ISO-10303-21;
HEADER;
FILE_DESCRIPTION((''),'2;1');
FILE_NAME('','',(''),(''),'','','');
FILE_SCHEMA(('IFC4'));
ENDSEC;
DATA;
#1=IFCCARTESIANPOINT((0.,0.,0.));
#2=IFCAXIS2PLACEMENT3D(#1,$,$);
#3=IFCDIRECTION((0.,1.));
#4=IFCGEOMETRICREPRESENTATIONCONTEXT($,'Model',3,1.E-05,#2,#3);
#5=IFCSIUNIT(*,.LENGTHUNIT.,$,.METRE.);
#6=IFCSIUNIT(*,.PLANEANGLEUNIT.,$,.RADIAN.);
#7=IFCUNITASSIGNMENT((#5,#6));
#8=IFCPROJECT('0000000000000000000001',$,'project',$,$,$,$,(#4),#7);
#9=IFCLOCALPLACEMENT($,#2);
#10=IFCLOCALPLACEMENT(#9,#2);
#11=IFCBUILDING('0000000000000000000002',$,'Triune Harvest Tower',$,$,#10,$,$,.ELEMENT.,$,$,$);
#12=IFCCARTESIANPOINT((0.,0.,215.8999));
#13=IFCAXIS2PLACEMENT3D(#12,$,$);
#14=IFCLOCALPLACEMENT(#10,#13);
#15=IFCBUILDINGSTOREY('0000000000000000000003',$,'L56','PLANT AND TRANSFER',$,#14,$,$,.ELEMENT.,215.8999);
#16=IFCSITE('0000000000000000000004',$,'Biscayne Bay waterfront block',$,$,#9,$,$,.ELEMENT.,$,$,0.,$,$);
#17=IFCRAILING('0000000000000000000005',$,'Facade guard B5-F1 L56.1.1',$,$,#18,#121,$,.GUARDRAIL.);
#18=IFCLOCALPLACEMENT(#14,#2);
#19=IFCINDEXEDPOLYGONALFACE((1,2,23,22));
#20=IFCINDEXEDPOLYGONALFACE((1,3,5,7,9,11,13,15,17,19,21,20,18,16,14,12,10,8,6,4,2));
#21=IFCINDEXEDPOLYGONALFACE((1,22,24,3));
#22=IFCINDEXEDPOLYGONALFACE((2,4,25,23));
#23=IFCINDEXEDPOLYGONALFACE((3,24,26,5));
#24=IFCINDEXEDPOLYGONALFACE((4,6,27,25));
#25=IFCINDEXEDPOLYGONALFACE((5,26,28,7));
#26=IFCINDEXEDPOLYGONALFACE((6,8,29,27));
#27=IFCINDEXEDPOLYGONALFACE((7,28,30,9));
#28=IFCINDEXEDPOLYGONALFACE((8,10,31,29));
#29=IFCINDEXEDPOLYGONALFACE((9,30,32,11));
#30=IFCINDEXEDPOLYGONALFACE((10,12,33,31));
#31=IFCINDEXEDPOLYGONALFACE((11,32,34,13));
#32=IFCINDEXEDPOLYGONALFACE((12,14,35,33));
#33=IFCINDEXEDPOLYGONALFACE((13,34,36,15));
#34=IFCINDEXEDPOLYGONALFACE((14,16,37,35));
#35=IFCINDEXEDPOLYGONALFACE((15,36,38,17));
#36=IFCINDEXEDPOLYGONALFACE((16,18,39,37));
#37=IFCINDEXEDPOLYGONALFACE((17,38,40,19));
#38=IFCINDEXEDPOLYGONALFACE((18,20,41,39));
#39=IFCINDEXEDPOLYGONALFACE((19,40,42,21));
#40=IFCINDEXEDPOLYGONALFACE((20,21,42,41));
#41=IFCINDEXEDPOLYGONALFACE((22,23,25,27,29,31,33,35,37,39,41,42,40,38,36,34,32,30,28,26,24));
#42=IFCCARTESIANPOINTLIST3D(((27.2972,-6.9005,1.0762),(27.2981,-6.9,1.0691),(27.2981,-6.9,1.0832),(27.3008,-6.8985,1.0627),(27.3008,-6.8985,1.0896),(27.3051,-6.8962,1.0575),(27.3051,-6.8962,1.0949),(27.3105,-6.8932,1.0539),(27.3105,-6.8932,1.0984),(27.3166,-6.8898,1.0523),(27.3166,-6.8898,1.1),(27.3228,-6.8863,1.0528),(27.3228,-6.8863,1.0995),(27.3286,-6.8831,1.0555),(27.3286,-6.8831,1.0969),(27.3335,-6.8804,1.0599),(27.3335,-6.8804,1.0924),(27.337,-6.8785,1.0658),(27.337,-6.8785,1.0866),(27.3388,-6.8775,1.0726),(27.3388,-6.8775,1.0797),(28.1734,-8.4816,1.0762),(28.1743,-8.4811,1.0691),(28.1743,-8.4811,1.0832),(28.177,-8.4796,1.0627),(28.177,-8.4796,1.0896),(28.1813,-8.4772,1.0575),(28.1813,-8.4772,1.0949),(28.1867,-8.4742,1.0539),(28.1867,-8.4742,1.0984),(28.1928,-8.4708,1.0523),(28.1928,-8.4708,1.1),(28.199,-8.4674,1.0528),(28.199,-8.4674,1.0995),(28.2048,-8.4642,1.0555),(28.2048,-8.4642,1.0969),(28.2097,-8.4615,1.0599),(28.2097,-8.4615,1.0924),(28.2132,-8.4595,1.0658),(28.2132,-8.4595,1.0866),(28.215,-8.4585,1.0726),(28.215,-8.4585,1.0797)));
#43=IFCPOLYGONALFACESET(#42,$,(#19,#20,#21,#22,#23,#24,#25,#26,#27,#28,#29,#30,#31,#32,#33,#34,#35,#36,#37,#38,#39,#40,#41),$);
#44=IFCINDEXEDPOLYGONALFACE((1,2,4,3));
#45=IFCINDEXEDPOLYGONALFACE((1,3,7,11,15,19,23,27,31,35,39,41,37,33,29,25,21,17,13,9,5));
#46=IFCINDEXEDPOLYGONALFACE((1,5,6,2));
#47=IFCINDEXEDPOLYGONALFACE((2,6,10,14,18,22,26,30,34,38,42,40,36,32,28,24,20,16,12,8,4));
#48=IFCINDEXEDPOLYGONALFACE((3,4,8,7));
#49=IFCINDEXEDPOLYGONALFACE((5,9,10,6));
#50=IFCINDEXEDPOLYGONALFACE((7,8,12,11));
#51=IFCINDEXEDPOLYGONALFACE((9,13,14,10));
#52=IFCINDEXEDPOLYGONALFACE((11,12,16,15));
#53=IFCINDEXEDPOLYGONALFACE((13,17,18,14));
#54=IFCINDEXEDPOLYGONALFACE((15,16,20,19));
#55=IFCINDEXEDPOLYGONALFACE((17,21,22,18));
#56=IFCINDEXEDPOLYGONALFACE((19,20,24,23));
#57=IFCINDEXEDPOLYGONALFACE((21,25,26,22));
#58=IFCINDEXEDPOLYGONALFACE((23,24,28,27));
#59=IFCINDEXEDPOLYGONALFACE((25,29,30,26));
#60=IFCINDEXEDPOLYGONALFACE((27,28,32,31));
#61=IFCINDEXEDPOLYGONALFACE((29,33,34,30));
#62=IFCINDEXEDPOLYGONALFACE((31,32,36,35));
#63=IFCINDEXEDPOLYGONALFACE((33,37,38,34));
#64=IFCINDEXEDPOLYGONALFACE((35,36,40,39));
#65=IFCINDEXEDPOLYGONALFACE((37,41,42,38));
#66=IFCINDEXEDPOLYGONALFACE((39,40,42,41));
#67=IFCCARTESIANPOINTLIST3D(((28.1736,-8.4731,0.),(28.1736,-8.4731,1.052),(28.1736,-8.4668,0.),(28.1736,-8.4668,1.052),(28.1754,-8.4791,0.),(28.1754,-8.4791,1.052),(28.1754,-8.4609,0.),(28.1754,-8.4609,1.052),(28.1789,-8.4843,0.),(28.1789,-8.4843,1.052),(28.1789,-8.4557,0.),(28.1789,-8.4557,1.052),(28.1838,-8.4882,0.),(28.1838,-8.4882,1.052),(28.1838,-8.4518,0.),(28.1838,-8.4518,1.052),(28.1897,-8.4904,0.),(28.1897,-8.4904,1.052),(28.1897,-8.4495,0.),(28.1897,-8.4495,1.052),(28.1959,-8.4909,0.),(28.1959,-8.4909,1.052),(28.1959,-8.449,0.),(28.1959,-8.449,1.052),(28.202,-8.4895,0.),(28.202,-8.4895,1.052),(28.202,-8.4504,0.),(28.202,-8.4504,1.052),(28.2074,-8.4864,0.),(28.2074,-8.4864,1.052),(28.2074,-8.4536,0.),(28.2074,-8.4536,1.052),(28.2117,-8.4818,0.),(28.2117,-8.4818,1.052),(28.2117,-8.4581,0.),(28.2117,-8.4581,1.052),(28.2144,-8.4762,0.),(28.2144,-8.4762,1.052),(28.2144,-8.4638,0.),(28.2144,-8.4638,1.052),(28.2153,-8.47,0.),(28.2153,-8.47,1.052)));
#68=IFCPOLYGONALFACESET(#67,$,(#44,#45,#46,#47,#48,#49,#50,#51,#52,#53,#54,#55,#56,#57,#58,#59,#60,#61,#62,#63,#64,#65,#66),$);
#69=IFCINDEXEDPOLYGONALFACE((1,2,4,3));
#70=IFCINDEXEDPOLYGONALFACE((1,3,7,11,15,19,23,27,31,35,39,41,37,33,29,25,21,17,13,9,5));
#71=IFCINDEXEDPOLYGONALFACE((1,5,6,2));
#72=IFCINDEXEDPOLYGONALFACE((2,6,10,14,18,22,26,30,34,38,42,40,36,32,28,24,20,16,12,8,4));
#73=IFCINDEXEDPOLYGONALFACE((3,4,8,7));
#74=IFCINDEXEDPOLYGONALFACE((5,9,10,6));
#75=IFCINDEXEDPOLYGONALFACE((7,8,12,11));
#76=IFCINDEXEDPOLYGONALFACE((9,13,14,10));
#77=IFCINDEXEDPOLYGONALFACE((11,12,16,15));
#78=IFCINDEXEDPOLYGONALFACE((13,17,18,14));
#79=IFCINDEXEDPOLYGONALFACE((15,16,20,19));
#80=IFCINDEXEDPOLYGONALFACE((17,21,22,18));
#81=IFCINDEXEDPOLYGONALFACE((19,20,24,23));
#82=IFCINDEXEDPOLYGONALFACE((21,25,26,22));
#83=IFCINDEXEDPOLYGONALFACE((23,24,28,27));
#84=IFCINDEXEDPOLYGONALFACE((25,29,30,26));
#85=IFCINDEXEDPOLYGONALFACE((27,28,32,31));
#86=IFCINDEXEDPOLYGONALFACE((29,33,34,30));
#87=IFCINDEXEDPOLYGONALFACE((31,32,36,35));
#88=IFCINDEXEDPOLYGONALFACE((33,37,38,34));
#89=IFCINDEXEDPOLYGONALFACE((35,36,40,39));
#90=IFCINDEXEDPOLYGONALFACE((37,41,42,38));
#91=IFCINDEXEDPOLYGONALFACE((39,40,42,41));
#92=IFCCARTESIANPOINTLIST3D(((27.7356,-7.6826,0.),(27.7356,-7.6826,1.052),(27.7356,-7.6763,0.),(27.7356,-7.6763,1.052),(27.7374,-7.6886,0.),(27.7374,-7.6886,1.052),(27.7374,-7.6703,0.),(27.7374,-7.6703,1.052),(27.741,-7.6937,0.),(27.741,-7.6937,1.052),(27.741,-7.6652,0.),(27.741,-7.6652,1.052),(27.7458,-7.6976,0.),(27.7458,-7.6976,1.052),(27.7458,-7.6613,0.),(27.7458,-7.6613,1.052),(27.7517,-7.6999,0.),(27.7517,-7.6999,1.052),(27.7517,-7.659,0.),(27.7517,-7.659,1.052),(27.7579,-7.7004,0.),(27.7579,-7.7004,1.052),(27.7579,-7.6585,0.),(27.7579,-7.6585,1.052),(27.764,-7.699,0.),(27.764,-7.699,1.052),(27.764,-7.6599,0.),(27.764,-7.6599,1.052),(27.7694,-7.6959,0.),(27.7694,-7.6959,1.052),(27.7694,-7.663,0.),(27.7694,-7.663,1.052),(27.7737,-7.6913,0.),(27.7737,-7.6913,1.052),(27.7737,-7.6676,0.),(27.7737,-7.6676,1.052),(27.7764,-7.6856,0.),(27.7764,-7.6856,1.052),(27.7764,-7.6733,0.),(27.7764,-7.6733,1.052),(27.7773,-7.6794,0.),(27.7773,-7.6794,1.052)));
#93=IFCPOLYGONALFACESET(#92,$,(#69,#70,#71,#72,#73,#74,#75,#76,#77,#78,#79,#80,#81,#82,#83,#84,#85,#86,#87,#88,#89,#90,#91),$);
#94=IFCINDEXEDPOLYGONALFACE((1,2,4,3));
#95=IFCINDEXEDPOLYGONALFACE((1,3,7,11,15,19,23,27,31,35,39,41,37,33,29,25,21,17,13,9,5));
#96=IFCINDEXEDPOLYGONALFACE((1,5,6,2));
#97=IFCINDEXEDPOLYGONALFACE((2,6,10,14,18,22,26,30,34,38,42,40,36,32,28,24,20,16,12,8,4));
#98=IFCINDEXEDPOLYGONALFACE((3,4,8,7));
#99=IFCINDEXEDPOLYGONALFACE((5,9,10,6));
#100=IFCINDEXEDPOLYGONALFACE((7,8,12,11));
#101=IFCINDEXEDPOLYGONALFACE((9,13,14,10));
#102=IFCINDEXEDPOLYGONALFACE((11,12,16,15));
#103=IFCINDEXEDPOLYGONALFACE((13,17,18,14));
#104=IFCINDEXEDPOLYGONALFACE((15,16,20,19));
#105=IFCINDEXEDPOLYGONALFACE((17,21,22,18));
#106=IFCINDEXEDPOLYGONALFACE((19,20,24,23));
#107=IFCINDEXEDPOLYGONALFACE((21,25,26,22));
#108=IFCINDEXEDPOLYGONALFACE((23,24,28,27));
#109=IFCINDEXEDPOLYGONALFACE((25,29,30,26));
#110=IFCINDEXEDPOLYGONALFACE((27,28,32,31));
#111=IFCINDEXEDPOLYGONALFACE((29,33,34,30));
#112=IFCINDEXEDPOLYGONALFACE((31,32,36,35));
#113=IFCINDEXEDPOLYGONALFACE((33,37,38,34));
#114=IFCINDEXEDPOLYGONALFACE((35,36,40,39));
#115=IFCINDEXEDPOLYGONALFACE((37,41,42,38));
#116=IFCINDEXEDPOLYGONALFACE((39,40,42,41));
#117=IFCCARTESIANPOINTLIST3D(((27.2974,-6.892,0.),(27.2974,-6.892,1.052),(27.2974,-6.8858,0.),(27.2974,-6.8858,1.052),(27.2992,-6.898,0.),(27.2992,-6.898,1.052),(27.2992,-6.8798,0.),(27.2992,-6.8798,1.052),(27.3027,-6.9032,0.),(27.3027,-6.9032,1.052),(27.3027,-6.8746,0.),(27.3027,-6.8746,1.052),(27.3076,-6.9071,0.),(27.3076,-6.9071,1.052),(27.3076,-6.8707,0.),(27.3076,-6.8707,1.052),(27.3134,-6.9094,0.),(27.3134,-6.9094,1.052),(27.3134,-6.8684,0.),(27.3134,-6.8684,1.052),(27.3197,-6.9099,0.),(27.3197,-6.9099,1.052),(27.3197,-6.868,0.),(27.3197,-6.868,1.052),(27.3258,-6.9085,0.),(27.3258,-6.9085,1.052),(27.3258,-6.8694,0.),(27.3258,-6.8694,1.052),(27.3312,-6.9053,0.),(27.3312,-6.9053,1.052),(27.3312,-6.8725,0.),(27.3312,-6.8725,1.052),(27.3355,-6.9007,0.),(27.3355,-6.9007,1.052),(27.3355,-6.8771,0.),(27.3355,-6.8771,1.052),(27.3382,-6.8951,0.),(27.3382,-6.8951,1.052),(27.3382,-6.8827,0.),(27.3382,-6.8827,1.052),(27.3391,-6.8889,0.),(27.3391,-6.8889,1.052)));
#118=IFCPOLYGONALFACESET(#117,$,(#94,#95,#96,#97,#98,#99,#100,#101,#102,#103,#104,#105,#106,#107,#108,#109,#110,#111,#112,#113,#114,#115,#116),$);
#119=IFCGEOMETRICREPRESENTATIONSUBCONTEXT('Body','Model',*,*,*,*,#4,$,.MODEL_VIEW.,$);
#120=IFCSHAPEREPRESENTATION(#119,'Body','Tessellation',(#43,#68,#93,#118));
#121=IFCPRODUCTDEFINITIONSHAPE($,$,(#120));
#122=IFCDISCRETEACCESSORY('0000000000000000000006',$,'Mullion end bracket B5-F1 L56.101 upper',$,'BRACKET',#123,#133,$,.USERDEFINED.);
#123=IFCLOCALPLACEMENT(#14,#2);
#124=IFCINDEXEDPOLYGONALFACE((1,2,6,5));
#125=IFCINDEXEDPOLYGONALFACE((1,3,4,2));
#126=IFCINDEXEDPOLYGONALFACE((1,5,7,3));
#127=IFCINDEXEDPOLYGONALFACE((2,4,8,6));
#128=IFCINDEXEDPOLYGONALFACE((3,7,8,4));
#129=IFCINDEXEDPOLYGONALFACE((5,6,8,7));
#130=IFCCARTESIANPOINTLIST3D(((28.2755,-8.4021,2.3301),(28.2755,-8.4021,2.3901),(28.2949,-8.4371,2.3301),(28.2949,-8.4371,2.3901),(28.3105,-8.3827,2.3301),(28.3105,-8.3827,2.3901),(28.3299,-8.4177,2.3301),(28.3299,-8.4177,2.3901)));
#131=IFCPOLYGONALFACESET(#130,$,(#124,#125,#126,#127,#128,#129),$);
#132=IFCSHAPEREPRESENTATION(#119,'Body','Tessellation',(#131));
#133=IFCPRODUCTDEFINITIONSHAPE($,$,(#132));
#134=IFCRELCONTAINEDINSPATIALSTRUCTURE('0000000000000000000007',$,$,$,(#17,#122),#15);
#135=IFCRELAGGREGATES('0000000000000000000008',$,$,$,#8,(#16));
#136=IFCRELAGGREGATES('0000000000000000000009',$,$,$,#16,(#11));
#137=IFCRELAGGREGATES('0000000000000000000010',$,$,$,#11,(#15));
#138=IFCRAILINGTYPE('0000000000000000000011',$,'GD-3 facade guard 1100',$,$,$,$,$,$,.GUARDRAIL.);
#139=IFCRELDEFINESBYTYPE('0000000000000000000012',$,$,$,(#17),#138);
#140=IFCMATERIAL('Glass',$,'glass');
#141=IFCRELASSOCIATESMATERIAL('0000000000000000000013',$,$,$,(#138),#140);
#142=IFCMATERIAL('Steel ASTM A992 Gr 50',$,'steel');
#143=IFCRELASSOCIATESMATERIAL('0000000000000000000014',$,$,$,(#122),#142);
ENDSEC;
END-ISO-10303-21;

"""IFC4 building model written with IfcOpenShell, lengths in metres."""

from ifc_helpers import new_model, si_unit, direction, frame, origin, origin_2d, place, context, subcontext, project, spatial, rectangle, circle, extrude, source, transform, mapped, material, type_object, element, save


model = new_model("IFC4")

# Units and contexts
model_context = context("Model", 3, precision=1e-05, world=origin(), true_north=direction((0.0, 1.0)))
body_context = subcontext(model_context, "Body", "Model", "MODEL_VIEW")
ifc_project = project(units=[si_unit("LENGTHUNIT", "METRE"), si_unit("PLANEANGLEUNIT", "RADIAN")], contexts=[model_context])

# Site, building, storey
site_placement = place(None, origin())
site = spatial("IfcSite", under=ifc_project, at=site_placement, Name="Biscayne Bay waterfront block", CompositionType="ELEMENT", RefElevation=0.0)
building_placement = place(site_placement, origin())
building = spatial("IfcBuilding", under=site, at=building_placement, Name="Triune Harvest Tower", CompositionType="ELEMENT")
storey_placement = place(building_placement, frame((0.0, 0.0, 215.8999)))
storey = spatial("IfcBuildingStorey", under=building, at=storey_placement, Name="L56", Description="PLANT AND TRANSFER", CompositionType="ELEMENT", Elevation=215.8999)

# Railing
ifc_material_1 = material(Name="Glass", Category="glass")
railing_type = type_object("IfcRailingType", Name="GD-3 facade guard 1100", PredefinedType="GUARDRAIL", material=ifc_material_1)
railing_placement = place(storey_placement, frame((28.1943, -8.47, 0.0)))
element("IfcRailing", 1, at=railing_placement, inside=storey, type_object=railing_type, Name="Facade guard B5-F1 L56.1.1", PredefinedType="GUARDRAIL", context=body_context, shape_type="SweptSolid", body=[
    extrude(circle(Radius=0.0239, at=origin_2d()), frame((0.0, 0.0, 1.0762), z_axis=(-0.484737, 0.87466, 0.0), x_axis=(-0.87466, -0.484737, 0.0)), (0.0, 0.0, 1.0), 1.8076),
    extrude(circle(Radius=0.021, at=origin_2d()), origin(), (0.0, 0.0, 1.0), 1.052),
    extrude(circle(Radius=0.021, at=origin_2d()), frame((-0.438, 0.7905, 0.0)), (0.0, 0.0, 1.0), 1.052),
    extrude(circle(Radius=0.021, at=origin_2d()), frame((-0.8762, 1.5811, 0.0)), (0.0, 0.0, 1.0), 1.052),
])

# Discrete accessory
ifc_material_2 = material(Name="Steel ASTM A992 Gr 50", Category="steel")
shared_shape_1 = source(origin(), body_context, "Body", "SweptSolid", [
    extrude(rectangle(XDim=0.04, YDim=0.04, at=origin_2d()), origin(), (0.0, 0.0, 1.0), 0.0601),
])
discrete_accessory_placement = place(storey_placement, frame((28.3027, -8.4099, 2.3301), z_axis=(0.0, 0.0, 1.0), x_axis=(-0.484817, 0.874615, 0.0)))
element("IfcDiscreteAccessory", 2, at=discrete_accessory_placement, inside=storey, material=ifc_material_2, Name="Mullion end bracket B5-F1 L56.101 upper", ObjectType="BRACKET", PredefinedType="USERDEFINED", context=body_context, shape_type="MappedRepresentation", body=[
    mapped(shared_shape_1, transform((0.0, 0.0, 0.0), scale=1.0)),
])

save(model, "model.ifc")
